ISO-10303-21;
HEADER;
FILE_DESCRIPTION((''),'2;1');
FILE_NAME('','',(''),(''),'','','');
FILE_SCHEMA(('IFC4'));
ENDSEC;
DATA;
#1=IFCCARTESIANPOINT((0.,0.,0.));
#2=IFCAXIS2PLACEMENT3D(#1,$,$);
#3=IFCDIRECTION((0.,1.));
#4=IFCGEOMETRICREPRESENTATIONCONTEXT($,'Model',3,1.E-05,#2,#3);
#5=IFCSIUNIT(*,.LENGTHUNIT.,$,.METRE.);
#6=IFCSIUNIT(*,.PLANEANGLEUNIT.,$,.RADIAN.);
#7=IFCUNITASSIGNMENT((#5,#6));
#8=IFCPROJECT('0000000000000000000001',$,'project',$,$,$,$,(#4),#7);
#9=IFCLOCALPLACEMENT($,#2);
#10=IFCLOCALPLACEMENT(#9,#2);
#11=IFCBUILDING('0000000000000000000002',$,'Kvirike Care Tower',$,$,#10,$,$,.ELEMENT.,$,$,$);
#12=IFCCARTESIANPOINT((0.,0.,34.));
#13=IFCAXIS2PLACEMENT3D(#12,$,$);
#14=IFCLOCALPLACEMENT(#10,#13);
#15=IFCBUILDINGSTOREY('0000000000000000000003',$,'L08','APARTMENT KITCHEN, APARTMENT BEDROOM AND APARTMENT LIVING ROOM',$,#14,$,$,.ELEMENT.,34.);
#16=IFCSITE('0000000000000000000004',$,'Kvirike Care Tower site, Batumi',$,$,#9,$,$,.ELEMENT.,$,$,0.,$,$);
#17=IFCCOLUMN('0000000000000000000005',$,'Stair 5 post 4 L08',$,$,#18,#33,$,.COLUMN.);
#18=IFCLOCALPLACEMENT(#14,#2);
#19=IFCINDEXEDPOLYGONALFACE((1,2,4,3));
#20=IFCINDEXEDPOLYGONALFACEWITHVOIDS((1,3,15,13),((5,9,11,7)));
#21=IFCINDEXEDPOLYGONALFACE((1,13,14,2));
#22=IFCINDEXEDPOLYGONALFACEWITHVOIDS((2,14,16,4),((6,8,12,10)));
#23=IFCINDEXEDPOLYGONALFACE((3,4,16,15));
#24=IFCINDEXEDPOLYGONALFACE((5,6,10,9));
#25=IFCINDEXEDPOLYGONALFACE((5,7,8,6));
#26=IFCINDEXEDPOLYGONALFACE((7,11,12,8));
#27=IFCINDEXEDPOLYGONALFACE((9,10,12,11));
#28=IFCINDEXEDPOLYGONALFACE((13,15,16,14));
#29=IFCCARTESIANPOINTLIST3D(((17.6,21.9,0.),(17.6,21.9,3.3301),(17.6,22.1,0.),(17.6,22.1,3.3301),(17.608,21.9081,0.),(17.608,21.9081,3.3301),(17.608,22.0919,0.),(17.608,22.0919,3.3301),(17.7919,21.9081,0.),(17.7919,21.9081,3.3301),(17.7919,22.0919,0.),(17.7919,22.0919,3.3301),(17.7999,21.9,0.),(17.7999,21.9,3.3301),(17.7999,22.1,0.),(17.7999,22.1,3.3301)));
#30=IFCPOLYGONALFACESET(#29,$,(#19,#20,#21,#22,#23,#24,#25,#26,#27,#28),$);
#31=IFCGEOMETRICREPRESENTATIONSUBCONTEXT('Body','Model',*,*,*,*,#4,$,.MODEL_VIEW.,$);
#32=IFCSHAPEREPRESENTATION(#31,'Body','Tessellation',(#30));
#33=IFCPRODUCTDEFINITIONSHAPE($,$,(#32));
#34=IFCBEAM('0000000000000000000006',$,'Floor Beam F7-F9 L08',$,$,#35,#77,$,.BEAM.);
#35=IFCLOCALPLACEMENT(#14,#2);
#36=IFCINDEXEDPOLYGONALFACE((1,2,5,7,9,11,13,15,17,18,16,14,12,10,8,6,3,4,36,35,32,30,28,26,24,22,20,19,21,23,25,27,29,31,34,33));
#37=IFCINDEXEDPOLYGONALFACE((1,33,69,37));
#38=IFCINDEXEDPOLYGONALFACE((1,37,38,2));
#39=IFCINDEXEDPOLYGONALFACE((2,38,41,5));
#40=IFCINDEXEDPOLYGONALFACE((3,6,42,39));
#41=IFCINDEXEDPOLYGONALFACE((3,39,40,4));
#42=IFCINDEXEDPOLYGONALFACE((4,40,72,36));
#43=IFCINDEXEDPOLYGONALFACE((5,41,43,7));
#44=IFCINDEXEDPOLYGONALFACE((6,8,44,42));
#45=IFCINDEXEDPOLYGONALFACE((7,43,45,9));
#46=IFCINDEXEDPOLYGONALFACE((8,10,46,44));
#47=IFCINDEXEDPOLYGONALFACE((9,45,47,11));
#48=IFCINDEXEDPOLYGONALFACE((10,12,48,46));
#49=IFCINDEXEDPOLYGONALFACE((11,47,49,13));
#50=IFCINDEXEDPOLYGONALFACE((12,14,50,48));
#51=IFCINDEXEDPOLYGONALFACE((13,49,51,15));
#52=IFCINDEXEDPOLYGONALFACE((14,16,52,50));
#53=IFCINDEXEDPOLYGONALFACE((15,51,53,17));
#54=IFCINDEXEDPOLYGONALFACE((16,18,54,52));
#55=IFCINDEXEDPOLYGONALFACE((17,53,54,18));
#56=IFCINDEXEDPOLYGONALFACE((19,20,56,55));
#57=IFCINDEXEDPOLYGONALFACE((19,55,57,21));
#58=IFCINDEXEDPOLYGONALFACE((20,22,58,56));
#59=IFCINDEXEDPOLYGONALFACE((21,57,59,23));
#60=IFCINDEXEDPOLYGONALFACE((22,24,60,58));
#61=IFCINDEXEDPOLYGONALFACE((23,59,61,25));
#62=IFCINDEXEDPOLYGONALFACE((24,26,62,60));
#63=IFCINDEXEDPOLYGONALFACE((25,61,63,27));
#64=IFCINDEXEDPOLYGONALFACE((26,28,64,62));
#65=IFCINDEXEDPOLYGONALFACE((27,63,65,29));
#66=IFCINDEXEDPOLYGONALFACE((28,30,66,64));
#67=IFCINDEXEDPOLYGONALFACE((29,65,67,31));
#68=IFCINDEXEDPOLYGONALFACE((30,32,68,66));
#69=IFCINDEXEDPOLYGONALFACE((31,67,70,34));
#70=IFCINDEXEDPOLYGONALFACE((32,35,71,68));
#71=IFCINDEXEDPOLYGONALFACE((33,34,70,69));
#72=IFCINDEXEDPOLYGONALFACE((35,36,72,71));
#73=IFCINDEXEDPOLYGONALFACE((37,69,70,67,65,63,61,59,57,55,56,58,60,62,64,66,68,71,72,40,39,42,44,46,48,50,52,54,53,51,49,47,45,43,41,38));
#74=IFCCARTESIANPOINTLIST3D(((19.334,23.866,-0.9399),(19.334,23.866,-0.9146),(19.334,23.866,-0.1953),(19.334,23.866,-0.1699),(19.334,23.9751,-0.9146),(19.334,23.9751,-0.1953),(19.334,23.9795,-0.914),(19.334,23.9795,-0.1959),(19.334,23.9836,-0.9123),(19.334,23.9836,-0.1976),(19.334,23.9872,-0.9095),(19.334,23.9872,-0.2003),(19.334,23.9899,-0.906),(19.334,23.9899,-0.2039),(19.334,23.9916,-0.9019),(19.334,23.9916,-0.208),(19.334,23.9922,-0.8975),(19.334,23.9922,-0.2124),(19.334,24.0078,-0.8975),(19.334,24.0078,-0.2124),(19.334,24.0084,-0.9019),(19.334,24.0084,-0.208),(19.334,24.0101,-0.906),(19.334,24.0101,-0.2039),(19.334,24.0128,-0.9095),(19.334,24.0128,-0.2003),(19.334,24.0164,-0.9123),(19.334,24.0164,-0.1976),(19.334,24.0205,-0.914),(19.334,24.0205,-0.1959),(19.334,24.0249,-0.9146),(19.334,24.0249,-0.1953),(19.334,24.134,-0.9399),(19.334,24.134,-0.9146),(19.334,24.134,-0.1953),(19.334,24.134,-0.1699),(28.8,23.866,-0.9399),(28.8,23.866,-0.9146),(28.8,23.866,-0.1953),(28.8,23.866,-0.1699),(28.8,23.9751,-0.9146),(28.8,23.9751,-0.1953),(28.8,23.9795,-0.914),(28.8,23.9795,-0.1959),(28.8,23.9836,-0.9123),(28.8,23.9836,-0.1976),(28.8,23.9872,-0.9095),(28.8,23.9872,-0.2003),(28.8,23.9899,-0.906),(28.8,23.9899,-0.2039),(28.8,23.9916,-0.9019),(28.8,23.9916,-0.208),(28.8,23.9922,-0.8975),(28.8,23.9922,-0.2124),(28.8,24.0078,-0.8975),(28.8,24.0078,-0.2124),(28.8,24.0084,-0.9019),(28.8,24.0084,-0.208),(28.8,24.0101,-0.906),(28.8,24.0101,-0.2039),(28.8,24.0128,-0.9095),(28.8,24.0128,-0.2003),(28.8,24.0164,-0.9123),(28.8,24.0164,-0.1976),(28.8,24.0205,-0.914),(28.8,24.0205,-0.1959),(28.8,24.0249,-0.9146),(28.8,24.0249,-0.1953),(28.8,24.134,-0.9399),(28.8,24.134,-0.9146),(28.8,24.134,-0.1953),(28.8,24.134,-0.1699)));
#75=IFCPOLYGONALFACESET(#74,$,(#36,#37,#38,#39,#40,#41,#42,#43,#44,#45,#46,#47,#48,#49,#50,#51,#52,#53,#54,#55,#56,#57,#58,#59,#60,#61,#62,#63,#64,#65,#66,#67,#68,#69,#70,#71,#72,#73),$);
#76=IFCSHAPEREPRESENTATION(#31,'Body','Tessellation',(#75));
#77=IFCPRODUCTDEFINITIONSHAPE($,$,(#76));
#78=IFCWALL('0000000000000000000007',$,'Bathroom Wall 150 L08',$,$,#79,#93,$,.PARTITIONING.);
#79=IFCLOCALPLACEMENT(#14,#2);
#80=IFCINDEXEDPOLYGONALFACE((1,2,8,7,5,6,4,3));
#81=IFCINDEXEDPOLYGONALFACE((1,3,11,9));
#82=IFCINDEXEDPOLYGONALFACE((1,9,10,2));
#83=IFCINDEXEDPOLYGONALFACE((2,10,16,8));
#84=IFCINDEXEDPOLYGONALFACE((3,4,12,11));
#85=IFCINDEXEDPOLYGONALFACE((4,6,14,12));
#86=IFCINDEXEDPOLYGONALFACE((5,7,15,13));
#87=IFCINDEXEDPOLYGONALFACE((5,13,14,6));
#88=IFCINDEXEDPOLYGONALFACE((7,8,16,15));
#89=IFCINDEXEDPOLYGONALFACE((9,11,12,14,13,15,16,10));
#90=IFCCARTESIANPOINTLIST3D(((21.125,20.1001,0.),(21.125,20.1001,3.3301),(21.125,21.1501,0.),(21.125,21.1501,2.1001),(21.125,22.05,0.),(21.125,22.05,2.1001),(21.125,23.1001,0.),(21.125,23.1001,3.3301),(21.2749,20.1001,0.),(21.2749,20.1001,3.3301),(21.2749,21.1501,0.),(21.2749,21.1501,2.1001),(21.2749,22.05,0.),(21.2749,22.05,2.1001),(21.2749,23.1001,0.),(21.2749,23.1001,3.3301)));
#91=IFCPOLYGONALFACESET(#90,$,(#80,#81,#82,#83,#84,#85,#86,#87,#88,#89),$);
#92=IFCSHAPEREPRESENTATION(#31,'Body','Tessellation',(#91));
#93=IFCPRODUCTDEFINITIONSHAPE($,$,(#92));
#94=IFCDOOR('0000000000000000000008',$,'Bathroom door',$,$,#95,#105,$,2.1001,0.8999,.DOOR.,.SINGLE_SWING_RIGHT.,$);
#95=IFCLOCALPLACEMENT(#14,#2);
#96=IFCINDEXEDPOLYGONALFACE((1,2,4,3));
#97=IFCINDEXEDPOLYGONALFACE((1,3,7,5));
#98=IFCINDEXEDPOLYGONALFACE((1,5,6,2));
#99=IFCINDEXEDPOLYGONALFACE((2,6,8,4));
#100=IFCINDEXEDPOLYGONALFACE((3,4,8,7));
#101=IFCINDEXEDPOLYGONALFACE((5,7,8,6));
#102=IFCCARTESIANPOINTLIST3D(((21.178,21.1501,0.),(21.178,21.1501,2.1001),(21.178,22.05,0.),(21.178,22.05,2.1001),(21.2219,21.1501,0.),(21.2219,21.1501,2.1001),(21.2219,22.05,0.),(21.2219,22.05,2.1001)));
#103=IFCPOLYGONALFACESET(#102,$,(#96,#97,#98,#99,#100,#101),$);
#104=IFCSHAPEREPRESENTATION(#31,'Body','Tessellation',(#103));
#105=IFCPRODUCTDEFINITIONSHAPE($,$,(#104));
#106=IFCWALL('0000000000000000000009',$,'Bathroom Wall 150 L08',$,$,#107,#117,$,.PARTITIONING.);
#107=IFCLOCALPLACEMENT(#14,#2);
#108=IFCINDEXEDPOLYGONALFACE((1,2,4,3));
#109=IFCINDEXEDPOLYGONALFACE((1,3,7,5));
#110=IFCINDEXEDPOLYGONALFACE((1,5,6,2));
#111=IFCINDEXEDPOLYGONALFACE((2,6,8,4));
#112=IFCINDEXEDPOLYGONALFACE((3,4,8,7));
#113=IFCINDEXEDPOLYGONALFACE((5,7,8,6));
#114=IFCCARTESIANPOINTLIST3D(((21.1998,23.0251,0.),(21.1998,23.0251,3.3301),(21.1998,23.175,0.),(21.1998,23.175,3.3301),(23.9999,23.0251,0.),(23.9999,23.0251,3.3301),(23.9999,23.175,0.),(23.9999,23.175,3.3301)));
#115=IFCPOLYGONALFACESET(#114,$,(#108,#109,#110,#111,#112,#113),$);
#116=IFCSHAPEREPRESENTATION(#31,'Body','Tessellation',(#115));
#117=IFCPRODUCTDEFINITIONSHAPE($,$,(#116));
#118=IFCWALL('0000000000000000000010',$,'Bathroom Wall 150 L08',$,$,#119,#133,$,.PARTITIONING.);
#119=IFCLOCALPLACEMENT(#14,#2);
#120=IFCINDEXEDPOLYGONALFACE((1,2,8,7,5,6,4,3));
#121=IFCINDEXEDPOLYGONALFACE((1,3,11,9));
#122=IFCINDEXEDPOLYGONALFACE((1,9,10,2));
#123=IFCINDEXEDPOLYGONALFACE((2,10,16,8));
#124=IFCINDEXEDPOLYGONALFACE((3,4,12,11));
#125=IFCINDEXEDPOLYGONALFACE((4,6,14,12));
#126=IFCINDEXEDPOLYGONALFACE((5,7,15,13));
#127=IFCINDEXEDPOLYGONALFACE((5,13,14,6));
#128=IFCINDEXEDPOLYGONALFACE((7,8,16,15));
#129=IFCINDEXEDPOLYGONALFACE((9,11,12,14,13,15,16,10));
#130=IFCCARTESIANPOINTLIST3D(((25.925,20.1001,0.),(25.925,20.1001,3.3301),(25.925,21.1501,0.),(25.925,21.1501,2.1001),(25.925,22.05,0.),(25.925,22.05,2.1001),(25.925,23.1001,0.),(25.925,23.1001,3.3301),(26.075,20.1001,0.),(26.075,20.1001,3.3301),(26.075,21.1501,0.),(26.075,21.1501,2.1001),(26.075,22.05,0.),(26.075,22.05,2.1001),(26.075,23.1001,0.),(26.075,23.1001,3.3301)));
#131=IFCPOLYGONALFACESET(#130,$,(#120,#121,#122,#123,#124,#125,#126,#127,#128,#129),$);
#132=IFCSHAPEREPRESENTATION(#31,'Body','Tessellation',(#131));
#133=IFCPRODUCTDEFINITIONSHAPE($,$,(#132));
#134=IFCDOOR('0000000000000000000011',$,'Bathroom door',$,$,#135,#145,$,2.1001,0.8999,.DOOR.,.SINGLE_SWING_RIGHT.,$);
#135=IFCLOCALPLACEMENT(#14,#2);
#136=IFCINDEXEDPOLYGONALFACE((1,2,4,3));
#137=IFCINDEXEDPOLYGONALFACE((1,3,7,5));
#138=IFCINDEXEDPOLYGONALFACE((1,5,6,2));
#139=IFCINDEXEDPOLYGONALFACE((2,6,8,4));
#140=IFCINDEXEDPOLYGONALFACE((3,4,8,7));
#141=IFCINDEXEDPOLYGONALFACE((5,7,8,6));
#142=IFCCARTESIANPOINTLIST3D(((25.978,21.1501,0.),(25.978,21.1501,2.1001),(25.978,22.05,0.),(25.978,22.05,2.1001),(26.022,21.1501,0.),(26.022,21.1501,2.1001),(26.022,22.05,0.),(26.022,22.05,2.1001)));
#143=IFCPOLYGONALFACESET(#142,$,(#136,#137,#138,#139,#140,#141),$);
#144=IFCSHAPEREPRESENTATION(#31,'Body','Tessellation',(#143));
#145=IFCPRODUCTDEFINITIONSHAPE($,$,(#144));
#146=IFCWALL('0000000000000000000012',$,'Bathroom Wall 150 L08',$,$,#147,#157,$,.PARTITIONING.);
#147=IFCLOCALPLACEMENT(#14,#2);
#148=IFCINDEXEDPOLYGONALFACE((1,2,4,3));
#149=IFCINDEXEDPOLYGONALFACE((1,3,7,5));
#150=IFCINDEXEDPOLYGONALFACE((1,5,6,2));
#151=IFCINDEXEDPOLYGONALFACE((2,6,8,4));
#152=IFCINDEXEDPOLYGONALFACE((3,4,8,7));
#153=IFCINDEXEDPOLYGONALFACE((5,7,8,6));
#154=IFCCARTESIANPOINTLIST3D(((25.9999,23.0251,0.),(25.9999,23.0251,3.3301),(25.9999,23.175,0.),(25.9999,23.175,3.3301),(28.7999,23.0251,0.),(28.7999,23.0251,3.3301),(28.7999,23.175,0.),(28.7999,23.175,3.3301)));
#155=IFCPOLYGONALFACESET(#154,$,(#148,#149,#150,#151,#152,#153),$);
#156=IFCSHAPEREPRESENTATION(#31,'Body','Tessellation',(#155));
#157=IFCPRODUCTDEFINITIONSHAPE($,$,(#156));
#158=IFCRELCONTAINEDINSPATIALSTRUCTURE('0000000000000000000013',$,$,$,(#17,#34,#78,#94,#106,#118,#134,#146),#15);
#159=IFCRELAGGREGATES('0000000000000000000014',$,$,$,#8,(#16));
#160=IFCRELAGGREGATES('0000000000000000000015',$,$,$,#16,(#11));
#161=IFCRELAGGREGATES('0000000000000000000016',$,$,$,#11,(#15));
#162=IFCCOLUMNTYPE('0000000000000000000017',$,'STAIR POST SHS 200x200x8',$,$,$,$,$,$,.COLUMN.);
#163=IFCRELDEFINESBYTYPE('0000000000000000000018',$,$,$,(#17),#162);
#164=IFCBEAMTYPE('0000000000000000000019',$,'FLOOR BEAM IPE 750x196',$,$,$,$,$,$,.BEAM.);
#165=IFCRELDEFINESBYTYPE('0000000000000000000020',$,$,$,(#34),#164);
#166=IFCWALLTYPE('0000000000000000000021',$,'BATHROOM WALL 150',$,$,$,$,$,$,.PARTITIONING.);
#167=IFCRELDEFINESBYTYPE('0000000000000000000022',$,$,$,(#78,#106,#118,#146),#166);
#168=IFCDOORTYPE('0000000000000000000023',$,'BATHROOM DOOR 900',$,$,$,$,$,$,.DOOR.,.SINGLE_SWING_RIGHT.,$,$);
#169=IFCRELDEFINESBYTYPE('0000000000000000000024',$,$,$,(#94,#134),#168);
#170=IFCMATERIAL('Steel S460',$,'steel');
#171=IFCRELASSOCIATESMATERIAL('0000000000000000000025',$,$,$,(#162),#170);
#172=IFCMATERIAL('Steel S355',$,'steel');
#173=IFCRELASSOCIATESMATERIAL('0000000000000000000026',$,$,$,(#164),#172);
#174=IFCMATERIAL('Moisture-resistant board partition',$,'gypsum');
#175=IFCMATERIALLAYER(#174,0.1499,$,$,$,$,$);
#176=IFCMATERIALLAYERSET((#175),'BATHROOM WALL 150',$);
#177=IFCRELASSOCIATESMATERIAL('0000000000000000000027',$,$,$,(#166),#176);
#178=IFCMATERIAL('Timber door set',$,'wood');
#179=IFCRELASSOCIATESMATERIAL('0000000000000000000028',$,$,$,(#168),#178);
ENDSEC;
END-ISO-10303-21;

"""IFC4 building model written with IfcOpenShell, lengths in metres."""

from ifc_helpers import new_model, si_unit, direction, frame, frame_2d, origin, origin_2d, place, context, subcontext, project, spatial, rectangle, hollow_rectangle, i_section, extrude, material, layer, layer_set, material_profile, profile_set, type_object, element, fill, save


model = new_model("IFC4")

# Units and contexts
model_context = context("Model", 3, precision=1e-05, world=origin(), true_north=direction((0.0, 1.0)))
body_context = subcontext(model_context, "Body", "Model", "MODEL_VIEW")
ifc_project = project(units=[si_unit("LENGTHUNIT", "METRE"), si_unit("PLANEANGLEUNIT", "RADIAN")], contexts=[model_context])

# Site, building, storey
site_placement = place(None, origin())
site = spatial("IfcSite", under=ifc_project, at=site_placement, Name="Kvirike Care Tower site, Batumi", CompositionType="ELEMENT", RefElevation=0.0)
building_placement = place(site_placement, origin())
building = spatial("IfcBuilding", under=site, at=building_placement, Name="Kvirike Care Tower", CompositionType="ELEMENT")
storey_placement = place(building_placement, frame((0.0, 0.0, 34.0)))
storey = spatial("IfcBuildingStorey", under=building, at=storey_placement, Name="L08", Description="APARTMENT KITCHEN, APARTMENT BEDROOM AND APARTMENT LIVING ROOM", CompositionType="ELEMENT", Elevation=34.0)

# Column
ifc_material_1 = material(Name="Steel S460", Category="steel")
ifc_material_profile_1 = material_profile(ifc_material_1, hollow_rectangle(XDim=0.2, YDim=0.2, WallThickness=0.0081, at=origin_2d()), Name="SHS 200x200x8")
ifc_profile_set_1 = profile_set([ifc_material_profile_1], Name="Steel S460")
column_type = type_object("IfcColumnType", Name="STAIR POST SHS 200x200x8", PredefinedType="COLUMN", material=ifc_profile_set_1)
column_placement = place(storey_placement, frame((17.7, 22.0, 0.0), z_axis=(0.0, 0.0, 1.0), x_axis=(1.0, 0.0, 0.0)))
element("IfcColumn", 1, at=column_placement, inside=storey, type_object=column_type, Name="Stair 5 post 4 L08", PredefinedType="COLUMN", context=body_context, shape_type="SweptSolid", body=[
    extrude(hollow_rectangle(XDim=0.2, YDim=0.2, WallThickness=0.0081, at=origin_2d()), origin(), (0.0, 0.0, 1.0), 3.3301),
])

# Beam
ifc_material_2 = material(Name="Steel S355", Category="steel")
ifc_material_profile_2 = material_profile(ifc_material_2, i_section(OverallWidth=0.2681, OverallDepth=0.77, WebThickness=0.0156, FlangeThickness=0.0254, FilletRadius=0.0171, at=origin_2d()), Name="IPE 750x196")
ifc_profile_set_2 = profile_set([ifc_material_profile_2], Name="Steel S355")
beam_type = type_object("IfcBeamType", Name="FLOOR BEAM IPE 750x196", PredefinedType="BEAM", material=ifc_profile_set_2)
beam_placement = place(storey_placement, frame((19.334, 24.0, -0.5549), z_axis=(1.0, 0.0, 0.0), x_axis=(0.0, 1.0, 0.0)))
element("IfcBeam", 2, at=beam_placement, inside=storey, type_object=beam_type, Name="Floor Beam F7-F9 L08", PredefinedType="BEAM", context=body_context, shape_type="SweptSolid", body=[
    extrude(i_section(OverallWidth=0.2681, OverallDepth=0.77, WebThickness=0.0156, FlangeThickness=0.0254, FilletRadius=0.0171, at=origin_2d()), origin(), (0.0, 0.0, 1.0), 9.4661),
])

# Wall, opening, door
ifc_material_3 = material(Name="Moisture-resistant board partition", Category="gypsum")
ifc_layer_1 = layer(ifc_material_3, 0.1499)
ifc_layer_set_1 = layer_set([ifc_layer_1], Name="BATHROOM WALL 150")
wall_type_1 = type_object("IfcWallType", Name="BATHROOM WALL 150", PredefinedType="PARTITIONING", material=ifc_layer_set_1)
wall_1_placement = place(storey_placement, frame((21.2, 20.1001, 0.0), z_axis=(0.0, 0.0, 1.0), x_axis=(0.0, 1.0, 0.0)))
wall_1 = element("IfcWall", 3, at=wall_1_placement, inside=storey, type_object=wall_type_1, Name="Bathroom Wall 150 L08", PredefinedType="PARTITIONING", context=body_context, shape_type="SweptSolid", body=[
    extrude(rectangle(XDim=3.0, YDim=0.1499, at=frame_2d((1.5, 0.0))), origin(), (0.0, 0.0, 1.0), 3.3301),
])
opening_1_placement = place(wall_1_placement, frame((1.05, 0.0, 0.0)))
opening_1 = element("IfcOpeningElement", 4, at=opening_1_placement, cuts=wall_1, PredefinedType="OPENING", context=body_context, shape_type="SweptSolid", body=[
    extrude(rectangle(XDim=0.8999, YDim=2.1001, at=frame_2d((0.45, 1.05))), frame((0.0, 0.0854, 0.0), z_axis=(0.0, -1.0, 0.0), x_axis=(1.0, 0.0, 0.0)), (0.0, 0.0, 1.0), 0.1709),
])
ifc_material_4 = material(Name="Timber door set", Category="wood")
door_type_1 = type_object("IfcDoorType", Name="BATHROOM DOOR 900", OperationType="SINGLE_SWING_RIGHT", PredefinedType="DOOR", material=ifc_material_4)
door_1_placement = place(opening_1_placement, frame((0.8999, 0.0, 0.0), z_axis=(0.0, 0.0, 1.0), x_axis=(-1.0, 0.0, 0.0)))
door_1 = element("IfcDoor", 5, at=door_1_placement, inside=storey, type_object=door_type_1, Name="Bathroom door", OperationType="SINGLE_SWING_RIGHT", OverallHeight=2.1001, OverallWidth=0.8999, PredefinedType="DOOR", context=body_context, shape_type="SweptSolid", body=[
    extrude(rectangle(XDim=0.8999, YDim=2.1001, at=frame_2d((0.45, 1.05))), frame((0.0, 0.022, 0.0), z_axis=(0.0, -1.0, 0.0), x_axis=(1.0, 0.0, 0.0)), (0.0, 0.0, 1.0), 0.0439),
])
fill(opening_1, door_1)

# Wall
wall_2_placement = place(storey_placement, frame((21.2, 23.1001, 0.0), z_axis=(0.0, 0.0, 1.0), x_axis=(1.0, 0.0, 0.0)))
element("IfcWall", 6, at=wall_2_placement, inside=storey, type_object=wall_type_1, Name="Bathroom Wall 150 L08", PredefinedType="PARTITIONING", context=body_context, shape_type="SweptSolid", body=[
    extrude(rectangle(XDim=2.8, YDim=0.1499, at=frame_2d((1.3999, 0.0))), origin(), (0.0, 0.0, 1.0), 3.3301),
])

# Wall, opening, door
wall_3_placement = place(storey_placement, frame((26.0, 20.1001, 0.0), z_axis=(0.0, 0.0, 1.0), x_axis=(0.0, 1.0, 0.0)))
wall_3 = element("IfcWall", 7, at=wall_3_placement, inside=storey, type_object=wall_type_1, Name="Bathroom Wall 150 L08", PredefinedType="PARTITIONING", context=body_context, shape_type="SweptSolid", body=[
    extrude(rectangle(XDim=3.0, YDim=0.1499, at=frame_2d((1.5, 0.0))), origin(), (0.0, 0.0, 1.0), 3.3301),
])
opening_2_placement = place(wall_3_placement, frame((1.05, 0.0, 0.0)))
opening_2 = element("IfcOpeningElement", 8, at=opening_2_placement, cuts=wall_3, PredefinedType="OPENING", context=body_context, shape_type="SweptSolid", body=[
    extrude(rectangle(XDim=0.8999, YDim=2.1001, at=frame_2d((0.45, 1.05))), frame((0.0, 0.0854, 0.0), z_axis=(0.0, -1.0, 0.0), x_axis=(1.0, 0.0, 0.0)), (0.0, 0.0, 1.0), 0.1709),
])
door_2_placement = place(opening_2_placement, frame((0.8999, 0.0, 0.0), z_axis=(0.0, 0.0, 1.0), x_axis=(-1.0, 0.0, 0.0)))
door_2 = element("IfcDoor", 9, at=door_2_placement, inside=storey, type_object=door_type_1, Name="Bathroom door", OperationType="SINGLE_SWING_RIGHT", OverallHeight=2.1001, OverallWidth=0.8999, PredefinedType="DOOR", context=body_context, shape_type="SweptSolid", body=[
    extrude(rectangle(XDim=0.8999, YDim=2.1001, at=frame_2d((0.45, 1.05))), frame((0.0, 0.022, 0.0), z_axis=(0.0, -1.0, 0.0), x_axis=(1.0, 0.0, 0.0)), (0.0, 0.0, 1.0), 0.0439),
])
fill(opening_2, door_2)

# Wall
wall_4_placement = place(storey_placement, frame((26.0, 23.1001, 0.0), z_axis=(0.0, 0.0, 1.0), x_axis=(1.0, 0.0, 0.0)))
element("IfcWall", 10, at=wall_4_placement, inside=storey, type_object=wall_type_1, Name="Bathroom Wall 150 L08", PredefinedType="PARTITIONING", context=body_context, shape_type="SweptSolid", body=[
    extrude(rectangle(XDim=2.8, YDim=0.1499, at=frame_2d((1.3999, 0.0))), origin(), (0.0, 0.0, 1.0), 3.3301),
])

save(model, "model.ifc")
